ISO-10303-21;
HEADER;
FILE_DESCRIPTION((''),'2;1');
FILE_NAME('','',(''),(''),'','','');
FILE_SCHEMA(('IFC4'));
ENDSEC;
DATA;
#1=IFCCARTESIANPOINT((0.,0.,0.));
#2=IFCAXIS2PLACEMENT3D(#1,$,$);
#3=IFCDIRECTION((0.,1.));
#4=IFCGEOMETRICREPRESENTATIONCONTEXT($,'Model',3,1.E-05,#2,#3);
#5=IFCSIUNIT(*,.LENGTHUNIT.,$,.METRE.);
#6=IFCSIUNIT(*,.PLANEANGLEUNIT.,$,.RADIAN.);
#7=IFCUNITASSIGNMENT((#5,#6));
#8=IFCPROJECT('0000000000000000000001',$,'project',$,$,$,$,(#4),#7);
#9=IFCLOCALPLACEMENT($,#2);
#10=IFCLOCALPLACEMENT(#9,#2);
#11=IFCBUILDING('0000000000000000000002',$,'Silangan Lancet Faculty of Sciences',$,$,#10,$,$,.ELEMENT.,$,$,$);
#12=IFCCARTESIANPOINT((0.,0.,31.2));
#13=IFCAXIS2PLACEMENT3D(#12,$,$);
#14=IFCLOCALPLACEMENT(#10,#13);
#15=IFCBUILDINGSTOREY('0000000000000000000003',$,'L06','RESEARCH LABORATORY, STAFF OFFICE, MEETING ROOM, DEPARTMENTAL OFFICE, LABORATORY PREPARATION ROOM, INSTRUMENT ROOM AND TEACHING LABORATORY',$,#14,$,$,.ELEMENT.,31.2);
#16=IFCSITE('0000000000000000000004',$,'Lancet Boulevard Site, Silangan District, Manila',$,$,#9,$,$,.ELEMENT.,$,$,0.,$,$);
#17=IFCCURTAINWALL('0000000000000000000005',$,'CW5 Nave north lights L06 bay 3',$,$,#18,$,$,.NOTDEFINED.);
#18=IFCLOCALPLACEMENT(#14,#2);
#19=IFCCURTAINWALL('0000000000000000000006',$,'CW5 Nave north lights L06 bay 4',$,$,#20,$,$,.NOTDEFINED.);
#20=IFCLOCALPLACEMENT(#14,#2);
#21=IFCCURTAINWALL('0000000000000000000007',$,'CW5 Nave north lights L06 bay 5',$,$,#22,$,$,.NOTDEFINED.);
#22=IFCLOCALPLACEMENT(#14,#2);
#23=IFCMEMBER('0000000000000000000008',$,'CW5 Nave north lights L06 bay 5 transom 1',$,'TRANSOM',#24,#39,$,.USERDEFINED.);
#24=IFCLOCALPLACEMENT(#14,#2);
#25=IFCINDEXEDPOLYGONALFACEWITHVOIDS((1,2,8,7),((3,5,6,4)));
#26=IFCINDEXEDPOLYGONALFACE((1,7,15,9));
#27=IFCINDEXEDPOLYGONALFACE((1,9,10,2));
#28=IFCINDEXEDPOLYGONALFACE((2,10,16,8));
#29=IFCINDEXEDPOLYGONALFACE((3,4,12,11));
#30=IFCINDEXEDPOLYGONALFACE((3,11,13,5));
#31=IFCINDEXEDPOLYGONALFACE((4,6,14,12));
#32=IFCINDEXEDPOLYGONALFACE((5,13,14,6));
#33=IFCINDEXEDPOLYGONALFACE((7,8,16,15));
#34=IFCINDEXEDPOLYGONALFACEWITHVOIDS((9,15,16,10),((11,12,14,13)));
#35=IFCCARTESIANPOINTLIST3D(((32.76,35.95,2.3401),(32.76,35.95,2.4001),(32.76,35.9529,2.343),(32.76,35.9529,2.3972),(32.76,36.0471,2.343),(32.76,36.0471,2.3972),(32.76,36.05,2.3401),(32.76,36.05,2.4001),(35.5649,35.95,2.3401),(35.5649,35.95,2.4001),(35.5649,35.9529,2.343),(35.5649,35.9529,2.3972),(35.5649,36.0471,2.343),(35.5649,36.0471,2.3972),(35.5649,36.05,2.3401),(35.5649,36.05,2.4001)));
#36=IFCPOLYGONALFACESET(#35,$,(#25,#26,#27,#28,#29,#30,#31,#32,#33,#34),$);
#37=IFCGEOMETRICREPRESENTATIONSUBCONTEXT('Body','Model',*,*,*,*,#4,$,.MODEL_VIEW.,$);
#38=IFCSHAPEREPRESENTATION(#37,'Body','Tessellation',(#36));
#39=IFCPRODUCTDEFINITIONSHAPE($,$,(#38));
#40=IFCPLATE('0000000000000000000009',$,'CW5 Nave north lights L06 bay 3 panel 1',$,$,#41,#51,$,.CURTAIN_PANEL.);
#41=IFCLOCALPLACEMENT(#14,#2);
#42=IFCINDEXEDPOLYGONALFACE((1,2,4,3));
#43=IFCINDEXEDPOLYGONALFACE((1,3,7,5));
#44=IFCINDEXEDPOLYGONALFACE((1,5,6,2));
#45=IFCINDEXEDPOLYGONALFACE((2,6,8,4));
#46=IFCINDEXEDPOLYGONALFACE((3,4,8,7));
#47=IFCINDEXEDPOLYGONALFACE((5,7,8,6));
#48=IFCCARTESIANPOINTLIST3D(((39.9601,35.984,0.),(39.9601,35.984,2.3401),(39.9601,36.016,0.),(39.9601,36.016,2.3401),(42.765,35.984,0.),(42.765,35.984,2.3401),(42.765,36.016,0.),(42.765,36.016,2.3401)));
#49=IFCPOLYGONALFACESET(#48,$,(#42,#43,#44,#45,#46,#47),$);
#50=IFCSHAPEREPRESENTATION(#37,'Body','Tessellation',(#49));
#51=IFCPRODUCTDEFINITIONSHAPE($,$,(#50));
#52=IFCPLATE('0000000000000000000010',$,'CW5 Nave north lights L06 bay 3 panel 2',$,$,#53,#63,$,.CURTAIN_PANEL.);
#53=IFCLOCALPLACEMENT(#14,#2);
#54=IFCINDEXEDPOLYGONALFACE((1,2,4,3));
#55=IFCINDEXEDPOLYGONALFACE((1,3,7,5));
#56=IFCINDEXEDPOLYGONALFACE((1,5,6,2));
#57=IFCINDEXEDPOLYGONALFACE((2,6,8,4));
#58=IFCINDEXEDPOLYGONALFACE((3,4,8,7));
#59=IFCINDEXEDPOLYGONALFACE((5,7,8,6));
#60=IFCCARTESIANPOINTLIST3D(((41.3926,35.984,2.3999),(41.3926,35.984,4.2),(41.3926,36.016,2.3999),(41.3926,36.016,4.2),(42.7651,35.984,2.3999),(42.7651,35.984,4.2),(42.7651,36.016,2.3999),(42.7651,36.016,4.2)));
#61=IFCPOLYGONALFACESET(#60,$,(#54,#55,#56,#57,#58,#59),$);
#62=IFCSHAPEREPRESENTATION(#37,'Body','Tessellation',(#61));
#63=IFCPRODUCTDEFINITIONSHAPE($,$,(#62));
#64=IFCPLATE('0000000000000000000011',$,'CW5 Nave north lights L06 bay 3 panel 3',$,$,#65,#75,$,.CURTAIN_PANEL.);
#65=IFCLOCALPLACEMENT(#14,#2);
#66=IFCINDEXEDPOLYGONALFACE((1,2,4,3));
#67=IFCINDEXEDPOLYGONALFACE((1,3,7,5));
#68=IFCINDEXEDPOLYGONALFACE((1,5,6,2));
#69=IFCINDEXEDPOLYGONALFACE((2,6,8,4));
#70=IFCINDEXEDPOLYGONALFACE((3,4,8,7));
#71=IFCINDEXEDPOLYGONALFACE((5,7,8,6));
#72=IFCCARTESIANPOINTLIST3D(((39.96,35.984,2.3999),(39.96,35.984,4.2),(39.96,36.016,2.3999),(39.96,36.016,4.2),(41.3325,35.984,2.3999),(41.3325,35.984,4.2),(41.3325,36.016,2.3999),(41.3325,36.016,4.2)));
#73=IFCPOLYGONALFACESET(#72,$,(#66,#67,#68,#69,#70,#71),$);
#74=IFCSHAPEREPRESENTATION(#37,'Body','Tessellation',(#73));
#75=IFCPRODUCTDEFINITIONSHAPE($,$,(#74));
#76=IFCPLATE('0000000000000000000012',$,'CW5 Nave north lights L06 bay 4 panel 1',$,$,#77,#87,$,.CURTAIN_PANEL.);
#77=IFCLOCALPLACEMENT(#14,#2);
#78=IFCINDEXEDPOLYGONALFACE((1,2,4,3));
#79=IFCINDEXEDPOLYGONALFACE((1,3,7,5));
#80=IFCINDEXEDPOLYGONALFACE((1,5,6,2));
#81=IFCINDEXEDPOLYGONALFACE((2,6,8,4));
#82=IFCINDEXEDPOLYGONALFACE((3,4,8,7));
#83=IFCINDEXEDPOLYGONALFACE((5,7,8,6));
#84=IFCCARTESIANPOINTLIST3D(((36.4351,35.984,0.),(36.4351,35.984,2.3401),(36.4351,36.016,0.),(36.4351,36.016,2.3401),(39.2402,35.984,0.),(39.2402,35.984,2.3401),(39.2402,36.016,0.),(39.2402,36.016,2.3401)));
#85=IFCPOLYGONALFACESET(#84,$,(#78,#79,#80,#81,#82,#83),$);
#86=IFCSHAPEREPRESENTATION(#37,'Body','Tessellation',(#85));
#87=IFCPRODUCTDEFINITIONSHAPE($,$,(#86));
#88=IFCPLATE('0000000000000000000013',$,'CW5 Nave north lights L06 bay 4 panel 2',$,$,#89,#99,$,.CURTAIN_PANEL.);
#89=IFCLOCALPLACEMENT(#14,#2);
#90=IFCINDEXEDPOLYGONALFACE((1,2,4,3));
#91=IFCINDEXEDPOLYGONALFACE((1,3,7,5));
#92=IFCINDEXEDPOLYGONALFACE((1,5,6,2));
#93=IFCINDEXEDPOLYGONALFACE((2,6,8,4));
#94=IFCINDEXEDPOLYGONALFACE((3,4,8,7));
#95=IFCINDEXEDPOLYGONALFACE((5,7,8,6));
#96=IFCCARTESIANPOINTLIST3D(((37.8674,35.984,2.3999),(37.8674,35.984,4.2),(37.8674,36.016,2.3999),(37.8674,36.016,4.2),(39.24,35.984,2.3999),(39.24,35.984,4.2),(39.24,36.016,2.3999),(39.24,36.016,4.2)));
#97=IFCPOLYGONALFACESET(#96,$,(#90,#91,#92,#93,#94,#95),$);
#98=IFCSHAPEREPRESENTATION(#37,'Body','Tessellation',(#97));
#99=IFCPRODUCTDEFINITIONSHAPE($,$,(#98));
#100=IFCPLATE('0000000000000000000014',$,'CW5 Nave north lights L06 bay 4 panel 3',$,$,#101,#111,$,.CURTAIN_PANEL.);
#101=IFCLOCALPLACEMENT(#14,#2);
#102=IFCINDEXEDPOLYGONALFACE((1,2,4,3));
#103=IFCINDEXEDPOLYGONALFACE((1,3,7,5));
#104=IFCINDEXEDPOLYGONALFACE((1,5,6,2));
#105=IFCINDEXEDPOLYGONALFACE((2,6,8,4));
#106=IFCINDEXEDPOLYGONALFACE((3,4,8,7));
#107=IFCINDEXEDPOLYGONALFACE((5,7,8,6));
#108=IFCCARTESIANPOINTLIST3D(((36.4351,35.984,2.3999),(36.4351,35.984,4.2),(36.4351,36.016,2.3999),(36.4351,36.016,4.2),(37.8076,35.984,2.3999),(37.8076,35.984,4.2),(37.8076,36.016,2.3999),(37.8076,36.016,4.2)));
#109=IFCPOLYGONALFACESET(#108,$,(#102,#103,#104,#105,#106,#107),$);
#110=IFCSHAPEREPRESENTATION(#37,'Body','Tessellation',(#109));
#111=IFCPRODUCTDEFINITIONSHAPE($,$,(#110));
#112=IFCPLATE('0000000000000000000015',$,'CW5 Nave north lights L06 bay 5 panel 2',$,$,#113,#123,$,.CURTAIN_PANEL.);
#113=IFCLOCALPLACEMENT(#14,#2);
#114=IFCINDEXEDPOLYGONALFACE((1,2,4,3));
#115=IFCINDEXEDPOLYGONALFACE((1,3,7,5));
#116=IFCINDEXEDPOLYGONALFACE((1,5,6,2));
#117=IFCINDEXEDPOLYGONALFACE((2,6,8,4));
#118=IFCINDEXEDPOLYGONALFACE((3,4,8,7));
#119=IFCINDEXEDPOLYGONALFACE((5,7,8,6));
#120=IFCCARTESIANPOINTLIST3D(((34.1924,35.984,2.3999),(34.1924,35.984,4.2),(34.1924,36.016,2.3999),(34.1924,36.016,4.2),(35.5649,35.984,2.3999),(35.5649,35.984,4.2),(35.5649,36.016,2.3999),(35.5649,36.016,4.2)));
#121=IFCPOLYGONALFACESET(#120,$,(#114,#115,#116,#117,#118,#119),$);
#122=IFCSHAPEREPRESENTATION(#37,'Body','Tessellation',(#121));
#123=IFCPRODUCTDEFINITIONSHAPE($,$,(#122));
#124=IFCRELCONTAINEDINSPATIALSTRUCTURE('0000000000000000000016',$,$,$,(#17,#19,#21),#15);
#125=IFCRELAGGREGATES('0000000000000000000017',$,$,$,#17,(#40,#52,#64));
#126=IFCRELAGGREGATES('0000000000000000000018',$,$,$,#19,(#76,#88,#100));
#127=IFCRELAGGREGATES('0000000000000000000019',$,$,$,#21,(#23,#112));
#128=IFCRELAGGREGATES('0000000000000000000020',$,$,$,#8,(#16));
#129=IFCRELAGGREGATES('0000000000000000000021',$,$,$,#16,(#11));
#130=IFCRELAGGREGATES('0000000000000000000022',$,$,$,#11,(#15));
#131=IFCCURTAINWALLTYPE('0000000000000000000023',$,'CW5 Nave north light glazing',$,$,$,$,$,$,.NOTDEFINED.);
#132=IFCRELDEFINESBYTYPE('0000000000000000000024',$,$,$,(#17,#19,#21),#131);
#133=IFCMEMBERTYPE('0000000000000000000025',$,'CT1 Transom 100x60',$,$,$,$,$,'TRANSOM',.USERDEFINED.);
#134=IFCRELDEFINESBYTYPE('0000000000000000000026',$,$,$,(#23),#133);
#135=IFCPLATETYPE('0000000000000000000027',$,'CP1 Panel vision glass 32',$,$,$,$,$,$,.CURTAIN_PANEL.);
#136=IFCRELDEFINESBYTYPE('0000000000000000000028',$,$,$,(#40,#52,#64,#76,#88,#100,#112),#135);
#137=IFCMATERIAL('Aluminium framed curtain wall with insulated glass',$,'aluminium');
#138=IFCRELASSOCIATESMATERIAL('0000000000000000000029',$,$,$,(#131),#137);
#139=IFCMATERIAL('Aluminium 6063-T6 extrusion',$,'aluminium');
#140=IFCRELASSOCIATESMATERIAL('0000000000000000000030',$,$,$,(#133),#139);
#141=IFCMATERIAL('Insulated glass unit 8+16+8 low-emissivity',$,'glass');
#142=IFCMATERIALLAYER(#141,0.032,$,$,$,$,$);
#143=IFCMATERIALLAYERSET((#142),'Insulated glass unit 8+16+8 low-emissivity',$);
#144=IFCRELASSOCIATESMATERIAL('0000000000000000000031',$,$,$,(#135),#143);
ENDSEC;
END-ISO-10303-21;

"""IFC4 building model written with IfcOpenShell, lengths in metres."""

from ifc_helpers import new_model, si_unit, direction, frame, origin, origin_2d, place, context, subcontext, project, spatial, rectangle, hollow_rectangle, extrude, material, layer, layer_set, material_profile, profile_set, type_object, element, aggregate, save


model = new_model("IFC4")

# Units and contexts
model_context = context("Model", 3, precision=1e-05, world=origin(), true_north=direction((0.0, 1.0)))
body_context = subcontext(model_context, "Body", "Model", "MODEL_VIEW")
ifc_project = project(units=[si_unit("LENGTHUNIT", "METRE"), si_unit("PLANEANGLEUNIT", "RADIAN")], contexts=[model_context])

# Site, building, storey
site_placement = place(None, origin())
site = spatial("IfcSite", under=ifc_project, at=site_placement, Name="Lancet Boulevard Site, Silangan District, Manila", CompositionType="ELEMENT", RefElevation=0.0)
building_placement = place(site_placement, origin())
building = spatial("IfcBuilding", under=site, at=building_placement, Name="Silangan Lancet Faculty of Sciences", CompositionType="ELEMENT")
storey_placement = place(building_placement, frame((0.0, 0.0, 31.2)))
storey = spatial("IfcBuildingStorey", under=building, at=storey_placement, Name="L06", Description="RESEARCH LABORATORY, STAFF OFFICE, MEETING ROOM, DEPARTMENTAL OFFICE, LABORATORY PREPARATION ROOM, INSTRUMENT ROOM AND TEACHING LABORATORY", CompositionType="ELEMENT", Elevation=31.2)

# Curtain walls
ifc_material_1 = material(Name="Aluminium framed curtain wall with insulated glass", Category="aluminium")
curtain_wall_type = type_object("IfcCurtainWallType", Name="CW5 Nave north light glazing", PredefinedType="NOTDEFINED", material=ifc_material_1)
curtain_wall_1_placement = place(storey_placement, origin())
curtain_wall_1 = element("IfcCurtainWall", 1, at=curtain_wall_1_placement, inside=storey, type_object=curtain_wall_type, Name="CW5 Nave north lights L06 bay 3", PredefinedType="NOTDEFINED")
curtain_wall_2_placement = place(storey_placement, origin())
curtain_wall_2 = element("IfcCurtainWall", 2, at=curtain_wall_2_placement, inside=storey, type_object=curtain_wall_type, Name="CW5 Nave north lights L06 bay 4", PredefinedType="NOTDEFINED")

# Curtain wall
curtain_wall_3_placement = place(storey_placement, origin())
curtain_wall_3 = element("IfcCurtainWall", 3, at=curtain_wall_3_placement, inside=storey, type_object=curtain_wall_type, Name="CW5 Nave north lights L06 bay 5", PredefinedType="NOTDEFINED")

# Member
ifc_material_2 = material(Name="Aluminium 6063-T6 extrusion", Category="aluminium")
ifc_material_profile_1 = material_profile(ifc_material_2, hollow_rectangle(XDim=0.1001, YDim=0.0601, WallThickness=0.0029, at=origin_2d()), Name="AL BOX 100x60x3")
ifc_profile_set_1 = profile_set([ifc_material_profile_1], Name="Aluminium 6063-T6 extrusion")
member_type_1 = type_object("IfcMemberType", Name="CT1 Transom 100x60", ElementType="TRANSOM", PredefinedType="USERDEFINED", material=ifc_profile_set_1)
member_1_placement = place(storey_placement, frame((35.5649, 36.0, 2.3701), z_axis=(-1.0, 0.0, 0.0), x_axis=(0.0, -1.0, 0.0)))
member_1 = element("IfcMember", 4, at=member_1_placement, type_object=member_type_1, Name="CW5 Nave north lights L06 bay 5 transom 1", ObjectType="TRANSOM", PredefinedType="USERDEFINED", context=body_context, shape_type="SweptSolid", body=[
    extrude(hollow_rectangle(XDim=0.1001, YDim=0.0601, WallThickness=0.0029, at=origin_2d()), origin(), (0.0, 0.0, 1.0), 2.8049),
])

# Plates
ifc_material_3 = material(Name="Insulated glass unit 8+16+8 low-emissivity", Category="glass")
ifc_layer = layer(ifc_material_3, 0.032)
ifc_layer_set = layer_set([ifc_layer], Name="Insulated glass unit 8+16+8 low-emissivity")
plate_type = type_object("IfcPlateType", Name="CP1 Panel vision glass 32", PredefinedType="CURTAIN_PANEL", material=ifc_layer_set)
plate_1_placement = place(storey_placement, frame((41.3625, 36.0, 0.0), z_axis=(0.0, 0.0, 1.0), x_axis=(-1.0, 0.0, 0.0)))
plate_1 = element("IfcPlate", 5, at=plate_1_placement, type_object=plate_type, Name="CW5 Nave north lights L06 bay 3 panel 1", PredefinedType="CURTAIN_PANEL", context=body_context, shape_type="SweptSolid", body=[
    extrude(rectangle(XDim=2.8049, YDim=0.032, at=origin_2d()), origin(), (0.0, 0.0, 1.0), 2.3401),
])
plate_2_placement = place(storey_placement, frame((42.0789, 36.0, 2.3999), z_axis=(0.0, 0.0, 1.0), x_axis=(-1.0, 0.0, 0.0)))
plate_2 = element("IfcPlate", 6, at=plate_2_placement, type_object=plate_type, Name="CW5 Nave north lights L06 bay 3 panel 2", PredefinedType="CURTAIN_PANEL", context=body_context, shape_type="SweptSolid", body=[
    extrude(rectangle(XDim=1.3726, YDim=0.032, at=origin_2d()), origin(), (0.0, 0.0, 1.0), 1.8),
])
plate_3_placement = place(storey_placement, frame((40.6462, 36.0, 2.3999), z_axis=(0.0, 0.0, 1.0), x_axis=(-1.0, 0.0, 0.0)))
plate_3 = element("IfcPlate", 7, at=plate_3_placement, type_object=plate_type, Name="CW5 Nave north lights L06 bay 3 panel 3", PredefinedType="CURTAIN_PANEL", context=body_context, shape_type="SweptSolid", body=[
    extrude(rectangle(XDim=1.3726, YDim=0.032, at=origin_2d()), origin(), (0.0, 0.0, 1.0), 1.8),
])
aggregate(curtain_wall_1, [plate_1, plate_2, plate_3])
plate_4_placement = place(storey_placement, frame((37.8376, 36.0, 0.0), z_axis=(0.0, 0.0, 1.0), x_axis=(-1.0, 0.0, 0.0)))
plate_4 = element("IfcPlate", 8, at=plate_4_placement, type_object=plate_type, Name="CW5 Nave north lights L06 bay 4 panel 1", PredefinedType="CURTAIN_PANEL", context=body_context, shape_type="SweptSolid", body=[
    extrude(rectangle(XDim=2.8052, YDim=0.032, at=origin_2d()), origin(), (0.0, 0.0, 1.0), 2.3401),
])
plate_5_placement = place(storey_placement, frame((38.5537, 36.0, 2.3999), z_axis=(0.0, 0.0, 1.0), x_axis=(-1.0, 0.0, 0.0)))
plate_5 = element("IfcPlate", 9, at=plate_5_placement, type_object=plate_type, Name="CW5 Nave north lights L06 bay 4 panel 2", PredefinedType="CURTAIN_PANEL", context=body_context, shape_type="SweptSolid", body=[
    extrude(rectangle(XDim=1.3726, YDim=0.032, at=origin_2d()), origin(), (0.0, 0.0, 1.0), 1.8),
])
plate_6_placement = place(storey_placement, frame((37.1213, 36.0, 2.3999), z_axis=(0.0, 0.0, 1.0), x_axis=(-1.0, 0.0, 0.0)))
plate_6 = element("IfcPlate", 10, at=plate_6_placement, type_object=plate_type, Name="CW5 Nave north lights L06 bay 4 panel 3", PredefinedType="CURTAIN_PANEL", context=body_context, shape_type="SweptSolid", body=[
    extrude(rectangle(XDim=1.3726, YDim=0.032, at=origin_2d()), origin(), (0.0, 0.0, 1.0), 1.8),
])
aggregate(curtain_wall_2, [plate_4, plate_5, plate_6])
plate_7_placement = place(storey_placement, frame((34.8787, 36.0, 2.3999), z_axis=(0.0, 0.0, 1.0), x_axis=(-1.0, 0.0, 0.0)))
plate_7 = element("IfcPlate", 11, at=plate_7_placement, type_object=plate_type, Name="CW5 Nave north lights L06 bay 5 panel 2", PredefinedType="CURTAIN_PANEL", context=body_context, shape_type="SweptSolid", body=[
    extrude(rectangle(XDim=1.3726, YDim=0.032, at=origin_2d()), origin(), (0.0, 0.0, 1.0), 1.8),
])
aggregate(curtain_wall_3, [member_1, plate_7])

save(model, "model.ifc")
